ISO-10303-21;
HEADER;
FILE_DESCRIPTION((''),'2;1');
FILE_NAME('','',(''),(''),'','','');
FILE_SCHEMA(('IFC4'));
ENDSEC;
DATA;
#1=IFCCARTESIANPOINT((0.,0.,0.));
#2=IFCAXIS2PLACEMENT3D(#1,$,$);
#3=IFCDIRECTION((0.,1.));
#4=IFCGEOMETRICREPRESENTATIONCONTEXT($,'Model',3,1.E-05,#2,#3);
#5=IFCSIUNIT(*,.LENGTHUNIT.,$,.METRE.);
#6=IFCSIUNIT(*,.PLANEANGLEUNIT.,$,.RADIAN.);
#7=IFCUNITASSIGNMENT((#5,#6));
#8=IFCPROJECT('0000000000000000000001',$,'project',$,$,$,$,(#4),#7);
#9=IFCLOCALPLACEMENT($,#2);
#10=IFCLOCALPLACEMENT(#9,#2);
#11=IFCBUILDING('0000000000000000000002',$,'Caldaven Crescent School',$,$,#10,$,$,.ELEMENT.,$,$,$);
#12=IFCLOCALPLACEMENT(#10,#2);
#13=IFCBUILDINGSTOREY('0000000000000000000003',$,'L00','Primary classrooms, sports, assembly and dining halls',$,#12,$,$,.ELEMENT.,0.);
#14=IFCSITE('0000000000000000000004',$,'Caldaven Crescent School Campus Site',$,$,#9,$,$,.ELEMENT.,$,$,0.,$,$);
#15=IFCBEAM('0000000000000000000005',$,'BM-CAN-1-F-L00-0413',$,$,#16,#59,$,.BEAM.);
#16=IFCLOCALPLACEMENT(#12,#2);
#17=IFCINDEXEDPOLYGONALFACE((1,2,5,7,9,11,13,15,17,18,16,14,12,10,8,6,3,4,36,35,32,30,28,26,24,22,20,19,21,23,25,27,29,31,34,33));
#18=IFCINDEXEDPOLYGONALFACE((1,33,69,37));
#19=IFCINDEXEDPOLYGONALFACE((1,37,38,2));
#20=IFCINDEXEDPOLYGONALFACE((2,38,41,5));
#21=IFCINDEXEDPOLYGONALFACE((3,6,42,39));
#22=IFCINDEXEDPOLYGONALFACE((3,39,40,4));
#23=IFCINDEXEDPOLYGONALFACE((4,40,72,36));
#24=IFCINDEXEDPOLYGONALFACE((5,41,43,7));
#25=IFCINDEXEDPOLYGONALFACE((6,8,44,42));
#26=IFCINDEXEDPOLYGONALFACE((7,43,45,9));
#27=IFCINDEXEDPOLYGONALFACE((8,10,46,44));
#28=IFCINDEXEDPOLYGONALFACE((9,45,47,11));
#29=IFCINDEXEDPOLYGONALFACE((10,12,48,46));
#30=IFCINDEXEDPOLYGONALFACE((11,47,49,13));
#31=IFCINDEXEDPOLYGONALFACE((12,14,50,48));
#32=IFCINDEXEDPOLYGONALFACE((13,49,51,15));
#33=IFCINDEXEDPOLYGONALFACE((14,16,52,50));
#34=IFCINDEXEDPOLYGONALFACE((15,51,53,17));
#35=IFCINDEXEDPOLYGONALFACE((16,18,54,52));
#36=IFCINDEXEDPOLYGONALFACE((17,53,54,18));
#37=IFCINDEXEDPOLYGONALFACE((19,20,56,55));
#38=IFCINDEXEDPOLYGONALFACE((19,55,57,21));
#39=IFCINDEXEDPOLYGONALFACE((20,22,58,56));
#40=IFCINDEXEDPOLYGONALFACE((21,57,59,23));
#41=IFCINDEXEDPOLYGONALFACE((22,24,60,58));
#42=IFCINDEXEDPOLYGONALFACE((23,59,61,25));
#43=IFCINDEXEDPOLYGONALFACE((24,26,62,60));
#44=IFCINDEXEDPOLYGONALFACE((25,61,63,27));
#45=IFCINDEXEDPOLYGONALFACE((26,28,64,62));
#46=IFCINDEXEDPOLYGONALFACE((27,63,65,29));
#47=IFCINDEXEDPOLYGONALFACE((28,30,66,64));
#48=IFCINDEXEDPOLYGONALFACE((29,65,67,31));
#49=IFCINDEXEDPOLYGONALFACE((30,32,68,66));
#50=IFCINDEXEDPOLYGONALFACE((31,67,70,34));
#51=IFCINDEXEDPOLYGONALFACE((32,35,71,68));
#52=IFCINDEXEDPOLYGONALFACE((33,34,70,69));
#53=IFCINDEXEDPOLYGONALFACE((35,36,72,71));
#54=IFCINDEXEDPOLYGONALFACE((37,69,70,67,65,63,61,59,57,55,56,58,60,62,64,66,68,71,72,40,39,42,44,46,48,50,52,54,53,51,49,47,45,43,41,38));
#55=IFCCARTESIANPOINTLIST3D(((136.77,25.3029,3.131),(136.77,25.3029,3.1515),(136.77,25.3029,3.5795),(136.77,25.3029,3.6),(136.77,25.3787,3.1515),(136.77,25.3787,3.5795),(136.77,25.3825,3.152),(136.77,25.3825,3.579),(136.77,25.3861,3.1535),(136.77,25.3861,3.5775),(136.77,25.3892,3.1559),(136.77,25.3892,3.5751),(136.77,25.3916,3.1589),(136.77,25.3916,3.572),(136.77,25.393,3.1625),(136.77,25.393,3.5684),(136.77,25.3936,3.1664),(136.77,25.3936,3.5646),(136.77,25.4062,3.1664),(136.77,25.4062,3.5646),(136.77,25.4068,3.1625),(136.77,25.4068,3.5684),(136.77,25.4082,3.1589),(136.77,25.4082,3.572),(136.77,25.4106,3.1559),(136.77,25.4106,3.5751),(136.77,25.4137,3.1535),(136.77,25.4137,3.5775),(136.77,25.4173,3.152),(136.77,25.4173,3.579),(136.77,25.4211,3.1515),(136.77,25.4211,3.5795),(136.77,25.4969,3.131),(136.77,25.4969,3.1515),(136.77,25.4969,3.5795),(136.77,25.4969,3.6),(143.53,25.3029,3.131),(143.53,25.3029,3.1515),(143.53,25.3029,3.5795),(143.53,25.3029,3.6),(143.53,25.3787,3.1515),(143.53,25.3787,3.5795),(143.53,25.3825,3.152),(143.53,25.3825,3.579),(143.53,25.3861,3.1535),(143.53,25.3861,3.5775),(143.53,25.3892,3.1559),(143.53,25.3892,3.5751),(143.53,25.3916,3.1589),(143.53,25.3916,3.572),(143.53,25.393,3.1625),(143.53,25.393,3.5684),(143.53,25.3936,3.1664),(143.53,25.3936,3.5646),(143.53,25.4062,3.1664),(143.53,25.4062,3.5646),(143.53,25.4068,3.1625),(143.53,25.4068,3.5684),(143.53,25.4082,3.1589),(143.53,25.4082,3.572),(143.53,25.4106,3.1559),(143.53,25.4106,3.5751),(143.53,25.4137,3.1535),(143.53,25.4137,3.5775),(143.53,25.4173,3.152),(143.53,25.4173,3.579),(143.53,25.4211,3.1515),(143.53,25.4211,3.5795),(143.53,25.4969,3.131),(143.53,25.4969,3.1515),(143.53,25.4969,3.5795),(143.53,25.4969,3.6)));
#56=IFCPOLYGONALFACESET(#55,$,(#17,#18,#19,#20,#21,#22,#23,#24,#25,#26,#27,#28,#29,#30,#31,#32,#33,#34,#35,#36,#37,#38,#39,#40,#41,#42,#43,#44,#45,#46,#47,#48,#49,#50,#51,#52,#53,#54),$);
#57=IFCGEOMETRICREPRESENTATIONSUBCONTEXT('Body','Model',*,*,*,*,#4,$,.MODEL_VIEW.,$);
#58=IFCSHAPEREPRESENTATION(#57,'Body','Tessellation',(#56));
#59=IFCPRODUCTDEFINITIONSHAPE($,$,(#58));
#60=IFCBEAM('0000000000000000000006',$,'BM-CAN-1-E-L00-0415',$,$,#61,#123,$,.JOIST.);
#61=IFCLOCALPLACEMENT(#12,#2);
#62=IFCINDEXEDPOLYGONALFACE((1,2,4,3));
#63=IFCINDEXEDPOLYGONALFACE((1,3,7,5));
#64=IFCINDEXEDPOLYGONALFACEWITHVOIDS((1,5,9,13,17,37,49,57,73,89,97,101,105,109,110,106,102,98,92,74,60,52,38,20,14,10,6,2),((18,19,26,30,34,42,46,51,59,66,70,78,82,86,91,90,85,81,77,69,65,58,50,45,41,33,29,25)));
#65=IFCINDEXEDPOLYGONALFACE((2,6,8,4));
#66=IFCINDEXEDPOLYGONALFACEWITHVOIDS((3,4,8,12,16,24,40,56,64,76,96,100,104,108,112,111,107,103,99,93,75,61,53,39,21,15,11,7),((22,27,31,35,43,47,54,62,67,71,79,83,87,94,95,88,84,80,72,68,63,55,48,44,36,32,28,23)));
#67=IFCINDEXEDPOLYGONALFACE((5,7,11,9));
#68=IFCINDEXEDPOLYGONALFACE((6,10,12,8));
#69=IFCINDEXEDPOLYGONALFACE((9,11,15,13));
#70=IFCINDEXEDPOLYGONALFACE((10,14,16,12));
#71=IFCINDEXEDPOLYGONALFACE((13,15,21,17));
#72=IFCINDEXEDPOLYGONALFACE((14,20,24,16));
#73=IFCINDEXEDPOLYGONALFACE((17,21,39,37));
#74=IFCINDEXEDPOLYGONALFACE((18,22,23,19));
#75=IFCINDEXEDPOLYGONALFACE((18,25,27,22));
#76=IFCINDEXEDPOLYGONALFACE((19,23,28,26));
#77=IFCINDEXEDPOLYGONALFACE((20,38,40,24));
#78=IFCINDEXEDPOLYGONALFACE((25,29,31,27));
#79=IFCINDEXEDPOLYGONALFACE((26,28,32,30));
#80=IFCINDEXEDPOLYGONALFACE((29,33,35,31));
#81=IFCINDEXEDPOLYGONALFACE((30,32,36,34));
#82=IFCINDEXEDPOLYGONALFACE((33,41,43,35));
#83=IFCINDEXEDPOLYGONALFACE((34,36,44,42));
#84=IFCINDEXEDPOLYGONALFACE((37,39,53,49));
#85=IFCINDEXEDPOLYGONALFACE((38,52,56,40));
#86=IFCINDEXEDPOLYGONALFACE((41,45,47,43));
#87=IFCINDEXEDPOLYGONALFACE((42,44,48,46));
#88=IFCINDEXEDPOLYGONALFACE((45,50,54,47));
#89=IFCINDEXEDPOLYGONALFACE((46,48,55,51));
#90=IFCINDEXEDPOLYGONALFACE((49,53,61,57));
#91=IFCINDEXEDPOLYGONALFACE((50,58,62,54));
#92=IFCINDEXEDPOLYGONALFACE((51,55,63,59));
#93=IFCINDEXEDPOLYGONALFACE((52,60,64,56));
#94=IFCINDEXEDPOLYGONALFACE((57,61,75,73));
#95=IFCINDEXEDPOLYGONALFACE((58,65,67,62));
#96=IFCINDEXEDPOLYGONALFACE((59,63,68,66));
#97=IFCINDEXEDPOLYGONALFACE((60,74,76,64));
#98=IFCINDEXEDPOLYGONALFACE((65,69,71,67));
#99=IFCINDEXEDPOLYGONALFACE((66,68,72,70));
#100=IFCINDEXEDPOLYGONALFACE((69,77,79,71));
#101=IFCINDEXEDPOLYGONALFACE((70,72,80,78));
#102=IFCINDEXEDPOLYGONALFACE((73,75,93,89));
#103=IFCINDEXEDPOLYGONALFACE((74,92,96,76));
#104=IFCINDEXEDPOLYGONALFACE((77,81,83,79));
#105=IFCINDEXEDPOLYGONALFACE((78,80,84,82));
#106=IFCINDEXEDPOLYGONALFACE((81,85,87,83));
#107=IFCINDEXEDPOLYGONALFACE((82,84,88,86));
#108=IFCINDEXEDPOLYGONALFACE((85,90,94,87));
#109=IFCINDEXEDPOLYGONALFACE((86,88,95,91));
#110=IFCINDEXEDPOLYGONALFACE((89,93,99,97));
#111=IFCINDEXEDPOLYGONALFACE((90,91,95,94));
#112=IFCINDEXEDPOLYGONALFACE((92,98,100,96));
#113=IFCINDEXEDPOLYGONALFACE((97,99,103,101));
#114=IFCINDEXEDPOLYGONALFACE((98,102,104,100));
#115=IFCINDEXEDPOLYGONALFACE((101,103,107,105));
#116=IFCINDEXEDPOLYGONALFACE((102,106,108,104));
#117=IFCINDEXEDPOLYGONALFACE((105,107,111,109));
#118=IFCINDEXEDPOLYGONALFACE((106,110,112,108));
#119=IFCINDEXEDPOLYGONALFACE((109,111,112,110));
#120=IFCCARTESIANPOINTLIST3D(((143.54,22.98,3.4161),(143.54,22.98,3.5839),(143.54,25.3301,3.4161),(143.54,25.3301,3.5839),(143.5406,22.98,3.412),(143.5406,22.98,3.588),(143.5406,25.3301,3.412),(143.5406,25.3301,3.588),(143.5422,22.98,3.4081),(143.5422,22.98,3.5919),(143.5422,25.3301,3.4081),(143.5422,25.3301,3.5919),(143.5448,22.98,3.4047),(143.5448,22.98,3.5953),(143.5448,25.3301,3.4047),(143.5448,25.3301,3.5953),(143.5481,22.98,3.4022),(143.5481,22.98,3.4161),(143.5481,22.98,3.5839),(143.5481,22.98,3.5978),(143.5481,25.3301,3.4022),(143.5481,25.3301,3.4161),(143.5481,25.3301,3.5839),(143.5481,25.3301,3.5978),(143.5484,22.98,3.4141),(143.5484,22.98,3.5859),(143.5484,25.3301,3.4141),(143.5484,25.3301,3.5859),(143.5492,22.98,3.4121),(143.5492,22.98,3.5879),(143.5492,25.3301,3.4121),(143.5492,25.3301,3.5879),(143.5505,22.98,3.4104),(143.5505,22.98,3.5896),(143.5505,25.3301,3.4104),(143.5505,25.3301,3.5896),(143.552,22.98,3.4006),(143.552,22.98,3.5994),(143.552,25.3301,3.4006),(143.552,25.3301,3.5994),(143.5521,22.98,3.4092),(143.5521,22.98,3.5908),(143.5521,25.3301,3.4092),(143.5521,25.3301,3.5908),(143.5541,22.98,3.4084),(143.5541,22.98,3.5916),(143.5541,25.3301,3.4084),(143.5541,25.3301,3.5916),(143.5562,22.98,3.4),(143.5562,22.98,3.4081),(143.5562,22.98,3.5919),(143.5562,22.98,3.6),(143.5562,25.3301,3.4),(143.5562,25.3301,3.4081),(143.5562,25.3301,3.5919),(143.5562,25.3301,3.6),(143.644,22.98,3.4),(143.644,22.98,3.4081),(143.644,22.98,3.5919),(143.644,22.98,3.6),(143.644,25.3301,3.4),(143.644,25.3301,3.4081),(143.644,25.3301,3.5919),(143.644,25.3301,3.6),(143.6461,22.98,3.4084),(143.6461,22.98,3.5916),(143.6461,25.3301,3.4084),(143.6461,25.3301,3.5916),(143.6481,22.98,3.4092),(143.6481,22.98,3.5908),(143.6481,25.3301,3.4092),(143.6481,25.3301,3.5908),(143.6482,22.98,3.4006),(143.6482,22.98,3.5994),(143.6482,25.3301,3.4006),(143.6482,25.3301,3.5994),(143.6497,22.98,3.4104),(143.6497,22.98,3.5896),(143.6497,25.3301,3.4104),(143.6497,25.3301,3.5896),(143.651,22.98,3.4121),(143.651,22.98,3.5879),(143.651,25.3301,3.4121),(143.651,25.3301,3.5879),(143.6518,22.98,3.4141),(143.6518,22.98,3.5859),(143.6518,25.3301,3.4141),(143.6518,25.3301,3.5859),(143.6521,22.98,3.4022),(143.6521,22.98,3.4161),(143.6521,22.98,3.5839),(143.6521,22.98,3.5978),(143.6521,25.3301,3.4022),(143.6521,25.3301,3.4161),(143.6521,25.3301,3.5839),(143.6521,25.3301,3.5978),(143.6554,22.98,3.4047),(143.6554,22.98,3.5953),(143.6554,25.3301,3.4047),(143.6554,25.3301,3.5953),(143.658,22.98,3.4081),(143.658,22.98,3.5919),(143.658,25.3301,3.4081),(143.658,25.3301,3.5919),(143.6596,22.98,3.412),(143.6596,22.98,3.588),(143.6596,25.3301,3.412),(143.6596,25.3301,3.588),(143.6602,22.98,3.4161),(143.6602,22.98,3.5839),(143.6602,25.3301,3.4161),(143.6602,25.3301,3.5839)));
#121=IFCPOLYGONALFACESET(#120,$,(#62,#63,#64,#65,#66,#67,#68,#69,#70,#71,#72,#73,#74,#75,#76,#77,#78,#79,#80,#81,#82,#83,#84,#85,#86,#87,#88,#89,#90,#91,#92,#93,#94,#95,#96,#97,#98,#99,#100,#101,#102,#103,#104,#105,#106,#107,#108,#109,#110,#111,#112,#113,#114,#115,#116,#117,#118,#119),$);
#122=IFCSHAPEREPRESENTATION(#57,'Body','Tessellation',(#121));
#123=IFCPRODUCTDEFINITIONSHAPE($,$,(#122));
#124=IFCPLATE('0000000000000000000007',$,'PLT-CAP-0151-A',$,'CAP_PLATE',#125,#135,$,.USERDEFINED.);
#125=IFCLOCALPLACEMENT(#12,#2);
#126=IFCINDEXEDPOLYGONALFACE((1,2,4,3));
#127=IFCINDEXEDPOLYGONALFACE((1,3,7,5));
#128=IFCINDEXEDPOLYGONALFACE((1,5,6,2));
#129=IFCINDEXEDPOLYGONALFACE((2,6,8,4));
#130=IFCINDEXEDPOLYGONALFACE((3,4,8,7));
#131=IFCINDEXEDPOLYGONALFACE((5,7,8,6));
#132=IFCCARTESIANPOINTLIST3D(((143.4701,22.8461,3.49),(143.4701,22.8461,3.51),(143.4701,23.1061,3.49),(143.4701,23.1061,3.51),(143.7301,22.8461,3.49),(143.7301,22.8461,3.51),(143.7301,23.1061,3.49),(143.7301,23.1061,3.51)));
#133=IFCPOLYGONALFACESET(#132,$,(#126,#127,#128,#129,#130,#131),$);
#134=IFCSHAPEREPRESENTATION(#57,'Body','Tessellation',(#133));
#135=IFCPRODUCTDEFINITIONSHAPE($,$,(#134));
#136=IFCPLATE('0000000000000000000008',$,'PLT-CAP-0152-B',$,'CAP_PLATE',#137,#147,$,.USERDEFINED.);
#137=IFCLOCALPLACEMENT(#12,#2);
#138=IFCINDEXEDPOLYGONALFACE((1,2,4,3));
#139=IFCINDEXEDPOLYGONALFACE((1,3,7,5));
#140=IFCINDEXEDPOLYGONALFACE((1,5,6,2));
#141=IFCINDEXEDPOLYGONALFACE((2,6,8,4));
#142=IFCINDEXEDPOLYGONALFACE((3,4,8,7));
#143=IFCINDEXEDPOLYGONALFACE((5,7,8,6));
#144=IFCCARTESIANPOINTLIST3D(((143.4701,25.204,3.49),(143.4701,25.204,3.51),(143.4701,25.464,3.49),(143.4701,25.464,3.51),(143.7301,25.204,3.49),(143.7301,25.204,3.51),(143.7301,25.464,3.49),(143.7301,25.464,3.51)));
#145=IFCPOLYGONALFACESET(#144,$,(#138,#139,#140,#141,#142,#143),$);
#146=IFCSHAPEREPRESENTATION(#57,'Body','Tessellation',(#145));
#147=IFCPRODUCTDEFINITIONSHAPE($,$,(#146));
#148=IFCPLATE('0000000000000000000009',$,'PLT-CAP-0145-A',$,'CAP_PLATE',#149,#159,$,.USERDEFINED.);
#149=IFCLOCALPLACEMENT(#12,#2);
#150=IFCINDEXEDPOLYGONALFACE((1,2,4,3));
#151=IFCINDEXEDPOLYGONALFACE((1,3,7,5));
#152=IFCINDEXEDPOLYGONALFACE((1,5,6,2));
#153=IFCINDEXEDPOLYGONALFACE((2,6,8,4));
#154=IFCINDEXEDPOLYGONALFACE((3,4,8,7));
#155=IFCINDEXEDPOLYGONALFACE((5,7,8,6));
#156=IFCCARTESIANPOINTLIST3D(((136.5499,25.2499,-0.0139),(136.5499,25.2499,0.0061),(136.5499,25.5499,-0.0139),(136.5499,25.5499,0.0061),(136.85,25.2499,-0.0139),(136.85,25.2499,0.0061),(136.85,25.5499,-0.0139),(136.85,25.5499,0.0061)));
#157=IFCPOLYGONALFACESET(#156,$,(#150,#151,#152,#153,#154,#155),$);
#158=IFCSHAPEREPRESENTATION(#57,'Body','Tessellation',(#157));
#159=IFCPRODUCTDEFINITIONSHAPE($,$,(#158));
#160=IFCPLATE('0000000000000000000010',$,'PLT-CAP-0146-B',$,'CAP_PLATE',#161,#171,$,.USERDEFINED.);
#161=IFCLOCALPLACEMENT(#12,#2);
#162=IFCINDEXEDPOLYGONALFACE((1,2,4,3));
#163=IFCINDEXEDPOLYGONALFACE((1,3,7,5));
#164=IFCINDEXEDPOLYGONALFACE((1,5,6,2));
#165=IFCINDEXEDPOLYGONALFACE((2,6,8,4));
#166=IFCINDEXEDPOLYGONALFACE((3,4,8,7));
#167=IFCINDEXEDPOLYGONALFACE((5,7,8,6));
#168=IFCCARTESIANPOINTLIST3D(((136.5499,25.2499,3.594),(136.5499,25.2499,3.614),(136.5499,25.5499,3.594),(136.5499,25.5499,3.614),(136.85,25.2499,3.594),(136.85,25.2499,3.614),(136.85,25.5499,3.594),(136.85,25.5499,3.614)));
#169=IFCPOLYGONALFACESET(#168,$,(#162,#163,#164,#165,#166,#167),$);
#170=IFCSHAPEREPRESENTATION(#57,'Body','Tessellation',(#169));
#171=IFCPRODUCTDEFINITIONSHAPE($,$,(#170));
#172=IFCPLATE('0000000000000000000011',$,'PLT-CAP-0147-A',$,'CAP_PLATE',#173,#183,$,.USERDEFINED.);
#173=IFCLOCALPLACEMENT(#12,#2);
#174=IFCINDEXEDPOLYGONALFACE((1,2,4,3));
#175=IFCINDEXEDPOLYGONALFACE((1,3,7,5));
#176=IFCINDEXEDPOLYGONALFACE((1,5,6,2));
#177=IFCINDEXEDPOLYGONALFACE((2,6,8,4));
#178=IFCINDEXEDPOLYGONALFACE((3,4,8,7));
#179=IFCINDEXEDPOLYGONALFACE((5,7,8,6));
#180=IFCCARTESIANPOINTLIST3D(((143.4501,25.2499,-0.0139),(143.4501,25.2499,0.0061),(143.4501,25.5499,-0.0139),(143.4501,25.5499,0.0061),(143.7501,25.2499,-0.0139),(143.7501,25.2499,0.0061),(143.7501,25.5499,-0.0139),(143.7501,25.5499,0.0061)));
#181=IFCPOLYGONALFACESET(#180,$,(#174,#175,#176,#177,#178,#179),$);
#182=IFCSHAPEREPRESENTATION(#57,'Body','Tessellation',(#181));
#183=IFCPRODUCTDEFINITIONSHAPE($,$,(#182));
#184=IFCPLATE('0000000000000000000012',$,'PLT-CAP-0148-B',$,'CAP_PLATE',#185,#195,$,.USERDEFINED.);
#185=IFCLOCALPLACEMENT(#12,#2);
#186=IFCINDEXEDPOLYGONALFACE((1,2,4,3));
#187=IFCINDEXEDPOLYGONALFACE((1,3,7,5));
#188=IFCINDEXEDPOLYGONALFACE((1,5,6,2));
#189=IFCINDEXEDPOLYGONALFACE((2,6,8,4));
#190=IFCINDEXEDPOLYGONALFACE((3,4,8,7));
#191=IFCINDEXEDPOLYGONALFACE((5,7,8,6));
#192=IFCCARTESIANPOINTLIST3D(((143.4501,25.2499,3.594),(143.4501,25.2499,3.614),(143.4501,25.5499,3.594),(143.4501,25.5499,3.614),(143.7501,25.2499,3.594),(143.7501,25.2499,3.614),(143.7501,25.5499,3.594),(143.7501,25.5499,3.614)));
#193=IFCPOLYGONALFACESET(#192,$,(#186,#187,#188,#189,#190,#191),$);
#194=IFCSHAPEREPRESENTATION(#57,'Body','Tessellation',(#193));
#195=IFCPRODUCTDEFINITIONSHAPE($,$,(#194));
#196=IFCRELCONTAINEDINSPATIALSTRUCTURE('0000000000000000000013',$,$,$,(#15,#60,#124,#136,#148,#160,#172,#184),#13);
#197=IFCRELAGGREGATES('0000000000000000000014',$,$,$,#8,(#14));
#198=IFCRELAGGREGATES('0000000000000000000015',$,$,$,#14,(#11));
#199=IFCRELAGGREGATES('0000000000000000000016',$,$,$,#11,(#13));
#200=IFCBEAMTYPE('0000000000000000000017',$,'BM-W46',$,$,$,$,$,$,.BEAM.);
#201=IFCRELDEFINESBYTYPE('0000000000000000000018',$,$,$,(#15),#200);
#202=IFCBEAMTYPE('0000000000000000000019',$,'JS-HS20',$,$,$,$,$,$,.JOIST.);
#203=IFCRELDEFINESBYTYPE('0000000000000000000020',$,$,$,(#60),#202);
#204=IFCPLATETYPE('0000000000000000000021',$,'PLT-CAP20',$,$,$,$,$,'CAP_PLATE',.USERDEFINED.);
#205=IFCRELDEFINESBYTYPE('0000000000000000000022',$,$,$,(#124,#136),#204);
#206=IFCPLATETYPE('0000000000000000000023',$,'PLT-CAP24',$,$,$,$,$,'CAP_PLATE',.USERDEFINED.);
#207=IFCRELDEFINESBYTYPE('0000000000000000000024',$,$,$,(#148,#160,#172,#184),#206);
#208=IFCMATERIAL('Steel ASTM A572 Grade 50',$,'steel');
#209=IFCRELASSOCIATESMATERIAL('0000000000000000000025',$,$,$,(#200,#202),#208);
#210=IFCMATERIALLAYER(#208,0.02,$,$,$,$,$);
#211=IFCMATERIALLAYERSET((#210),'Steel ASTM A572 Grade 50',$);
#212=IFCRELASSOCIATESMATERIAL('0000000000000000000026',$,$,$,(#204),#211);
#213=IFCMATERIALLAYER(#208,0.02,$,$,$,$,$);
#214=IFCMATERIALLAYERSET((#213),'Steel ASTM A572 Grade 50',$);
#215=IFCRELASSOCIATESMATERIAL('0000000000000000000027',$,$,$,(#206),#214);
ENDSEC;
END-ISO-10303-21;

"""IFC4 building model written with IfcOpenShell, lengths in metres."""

from ifc_helpers import new_model, si_unit, direction, frame, origin, origin_2d, place, context, subcontext, project, spatial, rectangle, hollow_rectangle, i_section, extrude, material, layer, layer_set, material_profile, profile_set, type_object, element, save


model = new_model("IFC4")

# Units and contexts
model_context = context("Model", 3, precision=1e-05, world=origin(), true_north=direction((0.0, 1.0)))
body_context = subcontext(model_context, "Body", "Model", "MODEL_VIEW")
ifc_project = project(units=[si_unit("LENGTHUNIT", "METRE"), si_unit("PLANEANGLEUNIT", "RADIAN")], contexts=[model_context])

# Site, building, storey
site_placement = place(None, origin())
site = spatial("IfcSite", under=ifc_project, at=site_placement, Name="Caldaven Crescent School Campus Site", CompositionType="ELEMENT", RefElevation=0.0)
building_placement = place(site_placement, origin())
building = spatial("IfcBuilding", under=site, at=building_placement, Name="Caldaven Crescent School", CompositionType="ELEMENT")
storey_placement = place(building_placement, origin())
storey = spatial("IfcBuildingStorey", under=building, at=storey_placement, Name="L00", Description="Primary classrooms, sports, assembly and dining halls", CompositionType="ELEMENT", Elevation=0.0)

# Shared definitions
ifc_material_1 = material(Name="Steel ASTM A572 Grade 50", Category="steel")

# Beams
ifc_material_profile_1 = material_profile(ifc_material_1, i_section(OverallWidth=0.1941, OverallDepth=0.469, WebThickness=0.0127, FlangeThickness=0.0205, FilletRadius=0.0149, at=origin_2d()), Name="W460x106")
ifc_profile_set_1 = profile_set([ifc_material_profile_1], Name="Steel ASTM A572 Grade 50")
beam_type_1 = type_object("IfcBeamType", Name="BM-W46", PredefinedType="BEAM", material=ifc_profile_set_1)
beam_1_placement = place(storey_placement, frame((136.77, 25.3999, 3.3655), z_axis=(1.0, 0.0, 0.0), x_axis=(0.0, 1.0, 0.0)))
element("IfcBeam", 1, at=beam_1_placement, inside=storey, type_object=beam_type_1, Name="BM-CAN-1-F-L00-0413", PredefinedType="BEAM", context=body_context, shape_type="SweptSolid", body=[
    extrude(i_section(OverallWidth=0.1941, OverallDepth=0.469, WebThickness=0.0127, FlangeThickness=0.0205, FilletRadius=0.0149, at=origin_2d()), origin(), (0.0, 0.0, 1.0), 6.76),
])
ifc_material_profile_2 = material_profile(ifc_material_1, hollow_rectangle(XDim=0.1201, YDim=0.2, WallThickness=0.0081, InnerFilletRadius=0.0081, OuterFilletRadius=0.0161, at=origin_2d()), Name="HSS 120x200x8")
ifc_profile_set_2 = profile_set([ifc_material_profile_2], Name="Steel ASTM A572 Grade 50")
beam_type_2 = type_object("IfcBeamType", Name="JS-HS20", PredefinedType="JOIST", material=ifc_profile_set_2)
beam_2_placement = place(storey_placement, frame((143.6001, 22.98, 3.5), z_axis=(0.0, 1.0, 0.0), x_axis=(-1.0, 0.0, 0.0)))
element("IfcBeam", 2, at=beam_2_placement, inside=storey, type_object=beam_type_2, Name="BM-CAN-1-E-L00-0415", PredefinedType="JOIST", context=body_context, shape_type="SweptSolid", body=[
    extrude(hollow_rectangle(XDim=0.1201, YDim=0.2, WallThickness=0.0081, InnerFilletRadius=0.0081, OuterFilletRadius=0.0161, at=origin_2d()), origin(), (0.0, 0.0, 1.0), 2.3501),
])

# Plates
ifc_layer_1 = layer(ifc_material_1, 0.02)
ifc_layer_set_1 = layer_set([ifc_layer_1], Name="Steel ASTM A572 Grade 50")
plate_type_1 = type_object("IfcPlateType", Name="PLT-CAP20", ElementType="CAP_PLATE", PredefinedType="USERDEFINED", material=ifc_layer_set_1)
for number, where, z_axis, x_axis, name in (
    (3, (143.6001, 22.9761, 3.49), (0.0, 0.0, 1.0), (0.0, 1.0, 0.0), "PLT-CAP-0151-A"),
    (4, (143.6001, 25.334, 3.49), (0.0, 0.0, 1.0), (0.0, 1.0, 0.0), "PLT-CAP-0152-B"),
):
    element("IfcPlate", number, at=place(storey_placement, frame(where, z_axis=z_axis, x_axis=x_axis)), inside=storey, type_object=plate_type_1, Name=name, ObjectType="CAP_PLATE", PredefinedType="USERDEFINED", context=body_context, shape_type="SweptSolid", body=[
        extrude(rectangle(XDim=0.26, YDim=0.26, at=origin_2d()), origin(), (0.0, 0.0, 1.0), 0.02),
    ])
ifc_layer_2 = layer(ifc_material_1, 0.02)
ifc_layer_set_2 = layer_set([ifc_layer_2], Name="Steel ASTM A572 Grade 50")
plate_type_2 = type_object("IfcPlateType", Name="PLT-CAP24", ElementType="CAP_PLATE", PredefinedType="USERDEFINED", material=ifc_layer_set_2)
for number, where, z_axis, x_axis, name in (
    (5, (136.7, 25.3999, -0.0139), (0.0, 0.0, 1.0), (1.0, 0.0, 0.0), "PLT-CAP-0145-A"),
    (6, (136.7, 25.3999, 3.594), (0.0, 0.0, 1.0), (1.0, 0.0, 0.0), "PLT-CAP-0146-B"),
    (7, (143.6001, 25.3999, -0.0139), (0.0, 0.0, 1.0), (1.0, 0.0, 0.0), "PLT-CAP-0147-A"),
    (8, (143.6001, 25.3999, 3.594), (0.0, 0.0, 1.0), (1.0, 0.0, 0.0), "PLT-CAP-0148-B"),
):
    element("IfcPlate", number, at=place(storey_placement, frame(where, z_axis=z_axis, x_axis=x_axis)), inside=storey, type_object=plate_type_2, Name=name, ObjectType="CAP_PLATE", PredefinedType="USERDEFINED", context=body_context, shape_type="SweptSolid", body=[
        extrude(rectangle(XDim=0.3, YDim=0.3, at=origin_2d()), origin(), (0.0, 0.0, 1.0), 0.02),
    ])

save(model, "model.ifc")
